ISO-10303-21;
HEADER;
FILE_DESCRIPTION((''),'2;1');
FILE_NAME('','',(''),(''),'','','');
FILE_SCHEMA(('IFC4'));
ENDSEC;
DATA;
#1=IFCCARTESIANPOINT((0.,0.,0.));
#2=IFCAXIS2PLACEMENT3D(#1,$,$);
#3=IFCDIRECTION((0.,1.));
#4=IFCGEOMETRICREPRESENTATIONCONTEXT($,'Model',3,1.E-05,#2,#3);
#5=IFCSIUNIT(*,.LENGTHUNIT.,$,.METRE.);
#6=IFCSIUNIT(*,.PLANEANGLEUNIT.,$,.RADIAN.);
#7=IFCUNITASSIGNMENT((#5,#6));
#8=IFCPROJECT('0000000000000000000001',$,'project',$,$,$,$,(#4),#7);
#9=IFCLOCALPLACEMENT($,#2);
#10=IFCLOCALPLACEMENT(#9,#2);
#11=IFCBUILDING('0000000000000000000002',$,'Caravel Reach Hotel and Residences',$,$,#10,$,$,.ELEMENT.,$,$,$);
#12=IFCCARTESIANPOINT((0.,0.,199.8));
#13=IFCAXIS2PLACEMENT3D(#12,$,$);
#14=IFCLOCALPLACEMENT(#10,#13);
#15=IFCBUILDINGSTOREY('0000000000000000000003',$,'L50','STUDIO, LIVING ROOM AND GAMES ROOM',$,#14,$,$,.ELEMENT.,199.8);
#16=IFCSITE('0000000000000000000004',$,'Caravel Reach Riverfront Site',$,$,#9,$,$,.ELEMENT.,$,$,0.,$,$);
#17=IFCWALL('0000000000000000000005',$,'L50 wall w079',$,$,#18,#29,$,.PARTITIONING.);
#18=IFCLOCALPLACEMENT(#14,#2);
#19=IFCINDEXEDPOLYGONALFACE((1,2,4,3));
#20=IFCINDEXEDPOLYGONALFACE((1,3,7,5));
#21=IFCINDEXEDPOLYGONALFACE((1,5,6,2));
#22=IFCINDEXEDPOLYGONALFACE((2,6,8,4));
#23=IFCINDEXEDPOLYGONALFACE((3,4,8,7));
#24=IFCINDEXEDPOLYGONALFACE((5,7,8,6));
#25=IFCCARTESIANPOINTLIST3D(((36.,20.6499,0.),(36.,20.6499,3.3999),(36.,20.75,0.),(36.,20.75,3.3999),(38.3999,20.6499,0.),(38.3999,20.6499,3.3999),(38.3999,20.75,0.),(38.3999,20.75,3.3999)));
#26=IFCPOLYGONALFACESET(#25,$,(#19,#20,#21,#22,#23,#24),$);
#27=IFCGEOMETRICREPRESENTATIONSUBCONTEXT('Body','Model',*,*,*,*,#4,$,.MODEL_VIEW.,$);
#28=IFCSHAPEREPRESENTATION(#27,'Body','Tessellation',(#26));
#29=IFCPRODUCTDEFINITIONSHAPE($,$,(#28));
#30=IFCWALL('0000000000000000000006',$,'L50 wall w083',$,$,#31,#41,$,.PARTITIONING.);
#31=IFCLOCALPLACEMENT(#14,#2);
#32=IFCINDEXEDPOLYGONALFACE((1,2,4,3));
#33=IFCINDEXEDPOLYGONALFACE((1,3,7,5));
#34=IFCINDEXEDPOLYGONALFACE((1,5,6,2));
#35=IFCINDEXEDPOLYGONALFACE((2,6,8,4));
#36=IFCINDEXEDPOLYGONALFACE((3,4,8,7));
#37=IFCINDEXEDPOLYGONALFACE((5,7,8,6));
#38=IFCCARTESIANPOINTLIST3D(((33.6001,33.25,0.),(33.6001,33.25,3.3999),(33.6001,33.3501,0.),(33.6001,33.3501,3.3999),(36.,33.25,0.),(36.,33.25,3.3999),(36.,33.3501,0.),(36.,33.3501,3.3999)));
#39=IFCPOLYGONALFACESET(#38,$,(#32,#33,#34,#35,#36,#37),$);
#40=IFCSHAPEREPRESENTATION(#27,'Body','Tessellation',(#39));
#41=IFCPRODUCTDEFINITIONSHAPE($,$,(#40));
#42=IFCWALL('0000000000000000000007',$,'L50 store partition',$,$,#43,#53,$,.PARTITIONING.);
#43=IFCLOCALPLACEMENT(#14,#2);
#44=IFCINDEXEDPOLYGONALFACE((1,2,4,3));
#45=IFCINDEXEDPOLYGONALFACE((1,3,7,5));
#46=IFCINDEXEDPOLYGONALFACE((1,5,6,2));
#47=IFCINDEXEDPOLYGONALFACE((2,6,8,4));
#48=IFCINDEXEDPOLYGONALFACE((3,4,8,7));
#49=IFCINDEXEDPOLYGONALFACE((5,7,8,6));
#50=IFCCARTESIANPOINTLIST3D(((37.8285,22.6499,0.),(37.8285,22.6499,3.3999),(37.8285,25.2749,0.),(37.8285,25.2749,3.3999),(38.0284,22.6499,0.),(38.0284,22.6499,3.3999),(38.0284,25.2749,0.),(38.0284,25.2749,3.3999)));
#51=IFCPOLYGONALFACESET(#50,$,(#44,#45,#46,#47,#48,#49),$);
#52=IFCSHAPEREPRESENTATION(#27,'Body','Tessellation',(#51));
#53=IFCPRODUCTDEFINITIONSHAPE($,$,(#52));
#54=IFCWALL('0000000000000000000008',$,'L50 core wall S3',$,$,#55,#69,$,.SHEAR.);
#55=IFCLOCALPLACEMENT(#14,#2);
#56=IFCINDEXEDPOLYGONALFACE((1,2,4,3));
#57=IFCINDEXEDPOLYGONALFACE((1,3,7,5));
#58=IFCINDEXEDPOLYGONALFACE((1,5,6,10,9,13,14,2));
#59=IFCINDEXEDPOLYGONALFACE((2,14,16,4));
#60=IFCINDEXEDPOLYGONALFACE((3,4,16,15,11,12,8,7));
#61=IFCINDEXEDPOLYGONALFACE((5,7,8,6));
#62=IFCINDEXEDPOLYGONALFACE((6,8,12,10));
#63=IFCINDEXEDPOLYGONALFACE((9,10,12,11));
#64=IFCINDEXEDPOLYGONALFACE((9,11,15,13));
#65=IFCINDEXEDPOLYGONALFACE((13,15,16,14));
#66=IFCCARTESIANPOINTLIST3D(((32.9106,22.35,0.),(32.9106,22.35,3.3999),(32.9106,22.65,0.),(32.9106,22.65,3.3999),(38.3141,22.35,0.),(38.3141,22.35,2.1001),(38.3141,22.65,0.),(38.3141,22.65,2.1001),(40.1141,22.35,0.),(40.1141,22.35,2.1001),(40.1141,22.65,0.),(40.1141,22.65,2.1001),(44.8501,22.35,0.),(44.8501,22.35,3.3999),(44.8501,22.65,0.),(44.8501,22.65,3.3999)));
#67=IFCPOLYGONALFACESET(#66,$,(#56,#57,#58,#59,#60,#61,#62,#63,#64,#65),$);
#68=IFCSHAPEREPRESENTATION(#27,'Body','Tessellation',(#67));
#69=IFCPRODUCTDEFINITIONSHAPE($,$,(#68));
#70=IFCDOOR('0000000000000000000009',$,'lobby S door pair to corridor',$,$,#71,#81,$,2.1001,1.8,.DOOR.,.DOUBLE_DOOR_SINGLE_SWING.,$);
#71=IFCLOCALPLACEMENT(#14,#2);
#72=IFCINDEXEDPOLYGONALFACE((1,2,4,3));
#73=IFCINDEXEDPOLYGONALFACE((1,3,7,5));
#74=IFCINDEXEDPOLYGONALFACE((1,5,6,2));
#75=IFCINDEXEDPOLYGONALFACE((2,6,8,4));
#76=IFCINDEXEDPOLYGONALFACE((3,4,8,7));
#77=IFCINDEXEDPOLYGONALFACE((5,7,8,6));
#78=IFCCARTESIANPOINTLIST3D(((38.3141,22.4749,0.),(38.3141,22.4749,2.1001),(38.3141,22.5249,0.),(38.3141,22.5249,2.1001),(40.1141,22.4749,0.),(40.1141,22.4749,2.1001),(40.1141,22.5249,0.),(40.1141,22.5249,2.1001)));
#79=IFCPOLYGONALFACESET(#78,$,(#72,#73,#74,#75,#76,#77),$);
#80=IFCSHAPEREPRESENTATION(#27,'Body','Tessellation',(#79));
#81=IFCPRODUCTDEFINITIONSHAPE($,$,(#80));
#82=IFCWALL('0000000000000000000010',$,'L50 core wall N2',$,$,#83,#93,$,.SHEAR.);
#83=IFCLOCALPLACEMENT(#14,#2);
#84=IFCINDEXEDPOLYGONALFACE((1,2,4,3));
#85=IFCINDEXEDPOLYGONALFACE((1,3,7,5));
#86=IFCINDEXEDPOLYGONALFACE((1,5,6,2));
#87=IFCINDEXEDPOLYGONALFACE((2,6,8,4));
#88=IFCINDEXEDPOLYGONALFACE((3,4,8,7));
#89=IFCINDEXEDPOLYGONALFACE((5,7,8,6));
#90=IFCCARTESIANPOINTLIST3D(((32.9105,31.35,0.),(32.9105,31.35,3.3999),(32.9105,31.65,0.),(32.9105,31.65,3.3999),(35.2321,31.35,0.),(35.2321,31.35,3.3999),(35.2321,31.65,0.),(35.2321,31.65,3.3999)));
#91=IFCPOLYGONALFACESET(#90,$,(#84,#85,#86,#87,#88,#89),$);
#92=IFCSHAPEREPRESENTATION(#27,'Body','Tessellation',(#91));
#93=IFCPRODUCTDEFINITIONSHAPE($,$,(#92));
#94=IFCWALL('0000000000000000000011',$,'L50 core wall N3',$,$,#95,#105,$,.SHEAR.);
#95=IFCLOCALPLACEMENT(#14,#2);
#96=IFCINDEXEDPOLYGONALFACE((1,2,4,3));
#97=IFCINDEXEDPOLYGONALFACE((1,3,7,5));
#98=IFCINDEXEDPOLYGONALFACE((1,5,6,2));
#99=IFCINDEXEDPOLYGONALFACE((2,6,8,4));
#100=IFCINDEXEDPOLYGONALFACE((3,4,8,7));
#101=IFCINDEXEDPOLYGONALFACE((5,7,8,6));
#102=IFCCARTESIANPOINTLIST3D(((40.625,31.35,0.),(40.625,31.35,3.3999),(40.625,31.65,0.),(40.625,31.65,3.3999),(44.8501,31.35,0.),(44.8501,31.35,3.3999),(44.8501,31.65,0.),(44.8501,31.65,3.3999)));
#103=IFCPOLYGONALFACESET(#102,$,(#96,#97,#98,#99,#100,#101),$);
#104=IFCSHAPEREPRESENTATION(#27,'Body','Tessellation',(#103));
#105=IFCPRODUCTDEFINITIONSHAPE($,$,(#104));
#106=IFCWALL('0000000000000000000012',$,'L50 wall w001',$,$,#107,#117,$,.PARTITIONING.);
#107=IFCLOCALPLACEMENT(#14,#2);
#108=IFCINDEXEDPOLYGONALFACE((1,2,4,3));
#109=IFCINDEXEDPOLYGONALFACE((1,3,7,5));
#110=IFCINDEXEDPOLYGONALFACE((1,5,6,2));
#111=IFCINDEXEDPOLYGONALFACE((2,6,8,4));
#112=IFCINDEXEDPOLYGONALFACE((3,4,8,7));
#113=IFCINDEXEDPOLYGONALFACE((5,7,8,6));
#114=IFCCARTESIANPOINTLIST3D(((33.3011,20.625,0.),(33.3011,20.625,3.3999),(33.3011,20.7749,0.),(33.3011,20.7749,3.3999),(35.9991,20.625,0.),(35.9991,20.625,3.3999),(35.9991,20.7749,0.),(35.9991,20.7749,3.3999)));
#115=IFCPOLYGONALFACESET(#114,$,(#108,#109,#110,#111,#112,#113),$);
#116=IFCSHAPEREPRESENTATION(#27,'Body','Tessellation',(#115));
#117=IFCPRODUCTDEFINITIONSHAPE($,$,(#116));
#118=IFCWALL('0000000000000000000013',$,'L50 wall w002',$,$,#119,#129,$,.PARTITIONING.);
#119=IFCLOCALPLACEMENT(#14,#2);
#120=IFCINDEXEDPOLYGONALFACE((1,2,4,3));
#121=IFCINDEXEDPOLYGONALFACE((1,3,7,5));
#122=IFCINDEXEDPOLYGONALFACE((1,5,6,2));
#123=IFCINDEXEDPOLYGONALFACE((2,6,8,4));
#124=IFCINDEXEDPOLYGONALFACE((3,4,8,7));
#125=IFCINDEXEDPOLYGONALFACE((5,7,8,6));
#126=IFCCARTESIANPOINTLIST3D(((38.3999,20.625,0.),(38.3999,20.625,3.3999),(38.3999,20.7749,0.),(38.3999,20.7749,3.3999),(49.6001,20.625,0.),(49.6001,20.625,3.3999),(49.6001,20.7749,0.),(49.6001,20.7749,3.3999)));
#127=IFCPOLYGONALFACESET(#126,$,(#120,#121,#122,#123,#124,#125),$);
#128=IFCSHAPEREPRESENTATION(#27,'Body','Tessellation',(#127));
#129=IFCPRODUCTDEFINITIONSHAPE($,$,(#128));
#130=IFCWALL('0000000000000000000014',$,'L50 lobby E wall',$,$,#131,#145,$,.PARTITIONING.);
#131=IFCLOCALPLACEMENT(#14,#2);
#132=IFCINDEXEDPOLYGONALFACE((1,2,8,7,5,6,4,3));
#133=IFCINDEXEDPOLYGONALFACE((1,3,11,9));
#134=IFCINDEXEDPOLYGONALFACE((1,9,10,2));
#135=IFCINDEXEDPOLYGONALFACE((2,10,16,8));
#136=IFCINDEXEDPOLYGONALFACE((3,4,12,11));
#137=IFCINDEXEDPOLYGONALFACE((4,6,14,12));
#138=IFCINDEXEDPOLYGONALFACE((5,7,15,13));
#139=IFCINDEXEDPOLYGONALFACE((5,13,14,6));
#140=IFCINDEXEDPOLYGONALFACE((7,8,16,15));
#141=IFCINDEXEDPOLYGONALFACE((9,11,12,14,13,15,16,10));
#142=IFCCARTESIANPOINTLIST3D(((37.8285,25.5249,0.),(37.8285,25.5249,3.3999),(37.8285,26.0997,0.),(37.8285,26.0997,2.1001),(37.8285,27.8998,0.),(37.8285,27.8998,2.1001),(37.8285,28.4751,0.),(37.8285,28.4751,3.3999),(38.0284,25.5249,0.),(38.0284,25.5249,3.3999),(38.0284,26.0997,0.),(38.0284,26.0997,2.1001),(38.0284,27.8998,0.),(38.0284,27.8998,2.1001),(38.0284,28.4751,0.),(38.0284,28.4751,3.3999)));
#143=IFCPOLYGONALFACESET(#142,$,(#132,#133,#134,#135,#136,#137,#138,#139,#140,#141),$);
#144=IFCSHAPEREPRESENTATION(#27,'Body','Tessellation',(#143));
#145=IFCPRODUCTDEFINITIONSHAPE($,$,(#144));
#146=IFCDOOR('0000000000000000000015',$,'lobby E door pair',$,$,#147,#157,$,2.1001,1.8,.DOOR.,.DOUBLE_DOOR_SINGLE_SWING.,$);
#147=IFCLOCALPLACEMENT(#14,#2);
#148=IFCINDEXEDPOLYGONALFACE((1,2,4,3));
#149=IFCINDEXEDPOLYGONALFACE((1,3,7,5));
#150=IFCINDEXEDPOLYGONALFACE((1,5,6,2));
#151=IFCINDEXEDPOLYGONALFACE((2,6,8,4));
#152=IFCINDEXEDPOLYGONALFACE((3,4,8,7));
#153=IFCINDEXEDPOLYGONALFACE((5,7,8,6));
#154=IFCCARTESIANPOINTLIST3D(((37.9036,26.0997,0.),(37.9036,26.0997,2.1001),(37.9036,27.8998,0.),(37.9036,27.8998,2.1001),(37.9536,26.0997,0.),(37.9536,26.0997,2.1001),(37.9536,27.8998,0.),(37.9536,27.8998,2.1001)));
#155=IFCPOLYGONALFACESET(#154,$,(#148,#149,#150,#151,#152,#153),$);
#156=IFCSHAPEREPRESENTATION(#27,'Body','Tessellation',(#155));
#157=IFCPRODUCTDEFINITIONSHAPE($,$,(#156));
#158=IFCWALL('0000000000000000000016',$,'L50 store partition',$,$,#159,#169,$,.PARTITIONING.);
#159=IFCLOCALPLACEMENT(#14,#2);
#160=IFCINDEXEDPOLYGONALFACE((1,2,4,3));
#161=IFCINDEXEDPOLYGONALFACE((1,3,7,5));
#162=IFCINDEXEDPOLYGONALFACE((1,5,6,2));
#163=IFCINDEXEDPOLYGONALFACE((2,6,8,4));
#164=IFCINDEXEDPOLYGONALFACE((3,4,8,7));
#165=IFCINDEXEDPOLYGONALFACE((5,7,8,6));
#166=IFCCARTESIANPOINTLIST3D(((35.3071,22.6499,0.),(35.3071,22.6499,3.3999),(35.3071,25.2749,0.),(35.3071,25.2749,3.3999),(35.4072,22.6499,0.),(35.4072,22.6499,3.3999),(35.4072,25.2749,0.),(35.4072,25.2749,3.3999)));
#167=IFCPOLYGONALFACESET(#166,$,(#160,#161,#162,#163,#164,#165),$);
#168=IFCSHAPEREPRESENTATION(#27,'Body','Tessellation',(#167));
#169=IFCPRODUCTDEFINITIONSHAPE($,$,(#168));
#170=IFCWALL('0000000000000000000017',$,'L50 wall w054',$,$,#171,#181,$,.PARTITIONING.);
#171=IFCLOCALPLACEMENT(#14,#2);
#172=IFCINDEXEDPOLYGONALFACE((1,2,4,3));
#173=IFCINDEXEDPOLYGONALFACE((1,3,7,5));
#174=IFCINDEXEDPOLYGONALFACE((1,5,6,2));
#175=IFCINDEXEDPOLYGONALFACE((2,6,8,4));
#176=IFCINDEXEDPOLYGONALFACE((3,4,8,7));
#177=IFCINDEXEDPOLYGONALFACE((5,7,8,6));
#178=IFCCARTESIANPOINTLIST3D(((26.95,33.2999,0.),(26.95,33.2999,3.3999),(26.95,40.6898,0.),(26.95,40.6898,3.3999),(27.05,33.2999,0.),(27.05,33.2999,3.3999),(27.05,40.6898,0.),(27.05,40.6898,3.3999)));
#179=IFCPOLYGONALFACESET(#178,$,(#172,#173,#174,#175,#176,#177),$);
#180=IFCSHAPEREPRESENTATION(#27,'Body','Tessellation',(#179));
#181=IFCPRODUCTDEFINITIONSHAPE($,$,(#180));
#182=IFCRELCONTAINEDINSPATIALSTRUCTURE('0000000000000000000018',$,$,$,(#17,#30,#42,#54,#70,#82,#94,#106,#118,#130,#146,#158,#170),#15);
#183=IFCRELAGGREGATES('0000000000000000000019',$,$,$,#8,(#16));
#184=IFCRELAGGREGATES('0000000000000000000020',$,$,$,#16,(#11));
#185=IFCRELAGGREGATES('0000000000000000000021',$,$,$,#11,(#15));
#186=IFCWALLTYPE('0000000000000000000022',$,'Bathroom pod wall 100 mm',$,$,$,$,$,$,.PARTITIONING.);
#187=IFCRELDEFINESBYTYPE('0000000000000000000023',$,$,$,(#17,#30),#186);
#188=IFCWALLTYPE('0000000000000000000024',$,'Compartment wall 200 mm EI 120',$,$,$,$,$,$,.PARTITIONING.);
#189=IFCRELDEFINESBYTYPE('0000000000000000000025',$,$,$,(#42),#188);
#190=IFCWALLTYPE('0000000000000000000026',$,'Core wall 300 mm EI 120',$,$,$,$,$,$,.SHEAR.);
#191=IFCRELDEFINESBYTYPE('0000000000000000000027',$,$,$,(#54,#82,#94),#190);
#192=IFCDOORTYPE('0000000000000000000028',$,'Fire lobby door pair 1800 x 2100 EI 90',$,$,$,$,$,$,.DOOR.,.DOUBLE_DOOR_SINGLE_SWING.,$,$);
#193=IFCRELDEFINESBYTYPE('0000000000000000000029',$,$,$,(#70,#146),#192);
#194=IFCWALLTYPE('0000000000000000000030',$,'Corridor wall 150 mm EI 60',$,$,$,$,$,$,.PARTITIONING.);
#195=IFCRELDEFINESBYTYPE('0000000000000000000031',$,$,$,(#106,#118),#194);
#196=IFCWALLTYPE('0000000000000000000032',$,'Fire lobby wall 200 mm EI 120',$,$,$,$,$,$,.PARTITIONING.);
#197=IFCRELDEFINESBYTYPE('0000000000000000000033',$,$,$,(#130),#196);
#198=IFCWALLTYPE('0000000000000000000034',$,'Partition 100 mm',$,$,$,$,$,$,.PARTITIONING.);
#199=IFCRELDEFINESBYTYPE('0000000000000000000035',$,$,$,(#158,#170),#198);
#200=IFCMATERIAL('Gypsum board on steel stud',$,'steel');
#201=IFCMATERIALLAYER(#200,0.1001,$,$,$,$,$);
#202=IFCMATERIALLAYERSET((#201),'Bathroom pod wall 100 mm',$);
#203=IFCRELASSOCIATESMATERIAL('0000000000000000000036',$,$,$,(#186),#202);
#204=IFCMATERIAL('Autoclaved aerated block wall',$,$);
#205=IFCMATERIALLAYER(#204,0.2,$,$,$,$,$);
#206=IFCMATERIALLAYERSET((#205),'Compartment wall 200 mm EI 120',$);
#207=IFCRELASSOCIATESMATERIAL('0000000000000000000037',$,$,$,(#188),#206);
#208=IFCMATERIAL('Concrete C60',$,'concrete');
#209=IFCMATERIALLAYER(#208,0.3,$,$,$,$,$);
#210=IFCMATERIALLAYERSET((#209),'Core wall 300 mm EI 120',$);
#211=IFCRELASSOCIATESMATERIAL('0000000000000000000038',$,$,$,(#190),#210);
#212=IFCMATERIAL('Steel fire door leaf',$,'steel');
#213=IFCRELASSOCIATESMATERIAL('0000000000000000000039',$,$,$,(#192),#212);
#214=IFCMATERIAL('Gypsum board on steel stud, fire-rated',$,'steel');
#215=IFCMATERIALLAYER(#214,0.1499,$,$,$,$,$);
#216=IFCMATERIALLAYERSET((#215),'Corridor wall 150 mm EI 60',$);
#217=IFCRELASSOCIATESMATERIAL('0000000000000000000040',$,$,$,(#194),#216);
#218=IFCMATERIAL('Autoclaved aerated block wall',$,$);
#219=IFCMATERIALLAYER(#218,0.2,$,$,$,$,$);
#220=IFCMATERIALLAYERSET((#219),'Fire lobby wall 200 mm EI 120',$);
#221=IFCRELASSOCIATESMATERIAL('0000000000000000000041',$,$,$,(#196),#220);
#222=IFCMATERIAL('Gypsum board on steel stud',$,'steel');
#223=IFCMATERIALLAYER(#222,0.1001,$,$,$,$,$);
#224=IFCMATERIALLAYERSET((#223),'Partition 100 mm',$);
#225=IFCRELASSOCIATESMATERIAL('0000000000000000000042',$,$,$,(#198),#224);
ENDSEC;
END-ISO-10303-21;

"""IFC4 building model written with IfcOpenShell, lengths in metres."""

from ifc_helpers import new_model, si_unit, direction, frame, frame_2d, origin, place, context, subcontext, project, spatial, rectangle, extrude, material, layer, layer_set, type_object, element, fill, save


model = new_model("IFC4")

# Units and contexts
model_context = context("Model", 3, precision=1e-05, world=origin(), true_north=direction((0.0, 1.0)))
body_context = subcontext(model_context, "Body", "Model", "MODEL_VIEW")
ifc_project = project(units=[si_unit("LENGTHUNIT", "METRE"), si_unit("PLANEANGLEUNIT", "RADIAN")], contexts=[model_context])

# Site, building, storey
site_placement = place(None, origin())
site = spatial("IfcSite", under=ifc_project, at=site_placement, Name="Caravel Reach Riverfront Site", CompositionType="ELEMENT", RefElevation=0.0)
building_placement = place(site_placement, origin())
building = spatial("IfcBuilding", under=site, at=building_placement, Name="Caravel Reach Hotel and Residences", CompositionType="ELEMENT")
storey_placement = place(building_placement, frame((0.0, 0.0, 199.8)))
storey = spatial("IfcBuildingStorey", under=building, at=storey_placement, Name="L50", Description="STUDIO, LIVING ROOM AND GAMES ROOM", CompositionType="ELEMENT", Elevation=199.8)

# Walls
ifc_material_1 = material(Name="Gypsum board on steel stud", Category="steel")
ifc_layer_1 = layer(ifc_material_1, 0.1001)
ifc_layer_set_1 = layer_set([ifc_layer_1], Name="Bathroom pod wall 100 mm")
wall_type_1 = type_object("IfcWallType", Name="Bathroom pod wall 100 mm", PredefinedType="PARTITIONING", material=ifc_layer_set_1)
for number, where, z_axis, x_axis, name in (
    (1, (36.0, 20.7, 0.0), (0.0, 0.0, 1.0), (1.0, 0.0, 0.0), "L50 wall w079"),
    (2, (33.6001, 33.3, 0.0), (0.0, 0.0, 1.0), (1.0, 0.0, 0.0), "L50 wall w083"),
):
    element("IfcWall", number, at=place(storey_placement, frame(where, z_axis=z_axis, x_axis=x_axis)), inside=storey, type_object=wall_type_1, Name=name, PredefinedType="PARTITIONING", context=body_context, shape_type="SweptSolid", body=[
        extrude(rectangle(XDim=2.3999, YDim=0.1001, at=frame_2d((1.2, 0.0))), origin(), (0.0, 0.0, 1.0), 3.3999),
    ])
ifc_material_2 = material(Name="Autoclaved aerated block wall")
ifc_layer_2 = layer(ifc_material_2, 0.2)
ifc_layer_set_2 = layer_set([ifc_layer_2], Name="Compartment wall 200 mm EI 120")
wall_type_2 = type_object("IfcWallType", Name="Compartment wall 200 mm EI 120", PredefinedType="PARTITIONING", material=ifc_layer_set_2)
wall_1_placement = place(storey_placement, frame((37.9285, 22.6499, 0.0), z_axis=(0.0, 0.0, 1.0), x_axis=(0.0, 1.0, 0.0)))
element("IfcWall", 3, at=wall_1_placement, inside=storey, type_object=wall_type_2, Name="L50 store partition", PredefinedType="PARTITIONING", context=body_context, shape_type="SweptSolid", body=[
    extrude(rectangle(XDim=2.625, YDim=0.2, at=frame_2d((1.3125, 0.0))), origin(), (0.0, 0.0, 1.0), 3.3999),
])

# Wall, opening, door
ifc_material_3 = material(Name="Concrete C60", Category="concrete")
ifc_layer_3 = layer(ifc_material_3, 0.3)
ifc_layer_set_3 = layer_set([ifc_layer_3], Name="Core wall 300 mm EI 120")
wall_type_3 = type_object("IfcWallType", Name="Core wall 300 mm EI 120", PredefinedType="SHEAR", material=ifc_layer_set_3)
wall_2_placement = place(storey_placement, frame((32.9106, 22.5, 0.0), z_axis=(0.0, 0.0, 1.0), x_axis=(1.0, 0.0, 0.0)))
wall_2 = element("IfcWall", 4, at=wall_2_placement, inside=storey, type_object=wall_type_3, Name="L50 core wall S3", PredefinedType="SHEAR", context=body_context, shape_type="SweptSolid", body=[
    extrude(rectangle(XDim=11.9395, YDim=0.3, at=frame_2d((5.9697, 0.0))), origin(), (0.0, 0.0, 1.0), 3.3999),
])
opening_1_placement = place(wall_2_placement, frame((5.4036, 0.0, 0.0)))
opening_1 = element("IfcOpeningElement", 5, at=opening_1_placement, cuts=wall_2, PredefinedType="OPENING", context=body_context, shape_type="SweptSolid", body=[
    extrude(rectangle(XDim=1.8, YDim=2.1001, at=frame_2d((0.8999, 1.05))), frame((0.0, 0.1599, 0.0), z_axis=(0.0, -1.0, 0.0), x_axis=(1.0, 0.0, 0.0)), (0.0, 0.0, 1.0), 0.3201),
])
ifc_material_4 = material(Name="Steel fire door leaf", Category="steel")
door_type_1 = type_object("IfcDoorType", Name="Fire lobby door pair 1800 x 2100 EI 90", OperationType="DOUBLE_DOOR_SINGLE_SWING", PredefinedType="DOOR", material=ifc_material_4)
door_1_placement = place(opening_1_placement, origin())
door_1 = element("IfcDoor", 6, at=door_1_placement, inside=storey, type_object=door_type_1, Name="lobby S door pair to corridor", OperationType="DOUBLE_DOOR_SINGLE_SWING", OverallHeight=2.1001, OverallWidth=1.8, PredefinedType="DOOR", context=body_context, shape_type="SweptSolid", body=[
    extrude(rectangle(XDim=1.8, YDim=2.1001, at=frame_2d((0.8999, 1.05))), frame((0.0, 0.0249, 0.0), z_axis=(0.0, -1.0, 0.0), x_axis=(1.0, 0.0, 0.0)), (0.0, 0.0, 1.0), 0.05),
])
fill(opening_1, door_1)

# Walls
wall_3_placement = place(storey_placement, frame((32.9106, 31.5, 0.0), z_axis=(0.0, 0.0, 1.0), x_axis=(1.0, 0.0, 0.0)))
element("IfcWall", 7, at=wall_3_placement, inside=storey, type_object=wall_type_3, Name="L50 core wall N2", PredefinedType="SHEAR", context=body_context, shape_type="SweptSolid", body=[
    extrude(rectangle(XDim=2.3215, YDim=0.3, at=frame_2d((1.1606, 0.0))), origin(), (0.0, 0.0, 1.0), 3.3999),
])
wall_4_placement = place(storey_placement, frame((40.625, 31.5, 0.0), z_axis=(0.0, 0.0, 1.0), x_axis=(1.0, 0.0, 0.0)))
element("IfcWall", 8, at=wall_4_placement, inside=storey, type_object=wall_type_3, Name="L50 core wall N3", PredefinedType="SHEAR", context=body_context, shape_type="SweptSolid", body=[
    extrude(rectangle(XDim=4.2251, YDim=0.3, at=frame_2d((2.1125, 0.0))), origin(), (0.0, 0.0, 1.0), 3.3999),
])
ifc_material_5 = material(Name="Gypsum board on steel stud, fire-rated", Category="steel")
ifc_layer_4 = layer(ifc_material_5, 0.1499)
ifc_layer_set_4 = layer_set([ifc_layer_4], Name="Corridor wall 150 mm EI 60")
wall_type_4 = type_object("IfcWallType", Name="Corridor wall 150 mm EI 60", PredefinedType="PARTITIONING", material=ifc_layer_set_4)
wall_5_placement = place(storey_placement, frame((33.301, 20.7, 0.0), z_axis=(0.0, 0.0, 1.0), x_axis=(1.0, 0.0, 0.0)))
element("IfcWall", 9, at=wall_5_placement, inside=storey, type_object=wall_type_4, Name="L50 wall w001", PredefinedType="PARTITIONING", context=body_context, shape_type="SweptSolid", body=[
    extrude(rectangle(XDim=2.698, YDim=0.1499, at=frame_2d((1.3491, 0.0))), origin(), (0.0, 0.0, 1.0), 3.3999),
])
wall_6_placement = place(storey_placement, frame((38.3999, 20.7, 0.0), z_axis=(0.0, 0.0, 1.0), x_axis=(1.0, 0.0, 0.0)))
element("IfcWall", 10, at=wall_6_placement, inside=storey, type_object=wall_type_4, Name="L50 wall w002", PredefinedType="PARTITIONING", context=body_context, shape_type="SweptSolid", body=[
    extrude(rectangle(XDim=11.2002, YDim=0.1499, at=frame_2d((5.6001, 0.0))), origin(), (0.0, 0.0, 1.0), 3.3999),
])

# Wall, opening, door
ifc_material_6 = material(Name="Autoclaved aerated block wall")
ifc_layer_5 = layer(ifc_material_6, 0.2)
ifc_layer_set_5 = layer_set([ifc_layer_5], Name="Fire lobby wall 200 mm EI 120")
wall_type_5 = type_object("IfcWallType", Name="Fire lobby wall 200 mm EI 120", PredefinedType="PARTITIONING", material=ifc_layer_set_5)
wall_7_placement = place(storey_placement, frame((37.9285, 25.5249, 0.0), z_axis=(0.0, 0.0, 1.0), x_axis=(0.0, 1.0, 0.0)))
wall_7 = element("IfcWall", 11, at=wall_7_placement, inside=storey, type_object=wall_type_5, Name="L50 lobby E wall", PredefinedType="PARTITIONING", context=body_context, shape_type="SweptSolid", body=[
    extrude(rectangle(XDim=2.9502, YDim=0.2, at=frame_2d((1.4751, 0.0))), origin(), (0.0, 0.0, 1.0), 3.3999),
])
opening_2_placement = place(wall_7_placement, frame((0.575, 0.0, 0.0)))
opening_2 = element("IfcOpeningElement", 12, at=opening_2_placement, cuts=wall_7, PredefinedType="OPENING", context=body_context, shape_type="SweptSolid", body=[
    extrude(rectangle(XDim=1.8, YDim=2.1001, at=frame_2d((0.8999, 1.05))), frame((0.0, 0.1099, 0.0), z_axis=(0.0, -1.0, 0.0), x_axis=(1.0, 0.0, 0.0)), (0.0, 0.0, 1.0), 0.22),
])
door_2_placement = place(opening_2_placement, origin())
door_2 = element("IfcDoor", 13, at=door_2_placement, inside=storey, type_object=door_type_1, Name="lobby E door pair", OperationType="DOUBLE_DOOR_SINGLE_SWING", OverallHeight=2.1001, OverallWidth=1.8, PredefinedType="DOOR", context=body_context, shape_type="SweptSolid", body=[
    extrude(rectangle(XDim=1.8, YDim=2.1001, at=frame_2d((0.8999, 1.05))), frame((0.0, 0.0249, 0.0), z_axis=(0.0, -1.0, 0.0), x_axis=(1.0, 0.0, 0.0)), (0.0, 0.0, 1.0), 0.05),
])
fill(opening_2, door_2)

# Walls
ifc_material_7 = material(Name="Gypsum board on steel stud", Category="steel")
ifc_layer_6 = layer(ifc_material_7, 0.1001)
ifc_layer_set_6 = layer_set([ifc_layer_6], Name="Partition 100 mm")
wall_type_6 = type_object("IfcWallType", Name="Partition 100 mm", PredefinedType="PARTITIONING", material=ifc_layer_set_6)
wall_8_placement = place(storey_placement, frame((35.3572, 22.6499, 0.0), z_axis=(0.0, 0.0, 1.0), x_axis=(0.0, 1.0, 0.0)))
element("IfcWall", 14, at=wall_8_placement, inside=storey, type_object=wall_type_6, Name="L50 store partition", PredefinedType="PARTITIONING", context=body_context, shape_type="SweptSolid", body=[
    extrude(rectangle(XDim=2.625, YDim=0.1001, at=frame_2d((1.3125, 0.0))), origin(), (0.0, 0.0, 1.0), 3.3999),
])
wall_9_placement = place(storey_placement, frame((27.0, 33.3, 0.0), z_axis=(0.0, 0.0, 1.0), x_axis=(0.0, 1.0, 0.0)))
element("IfcWall", 15, at=wall_9_placement, inside=storey, type_object=wall_type_6, Name="L50 wall w054", PredefinedType="PARTITIONING", context=body_context, shape_type="SweptSolid", body=[
    extrude(rectangle(XDim=7.3899, YDim=0.1001, at=frame_2d((3.6948, 0.0))), origin(), (0.0, 0.0, 1.0), 3.3999),
])

save(model, "model.ifc")
